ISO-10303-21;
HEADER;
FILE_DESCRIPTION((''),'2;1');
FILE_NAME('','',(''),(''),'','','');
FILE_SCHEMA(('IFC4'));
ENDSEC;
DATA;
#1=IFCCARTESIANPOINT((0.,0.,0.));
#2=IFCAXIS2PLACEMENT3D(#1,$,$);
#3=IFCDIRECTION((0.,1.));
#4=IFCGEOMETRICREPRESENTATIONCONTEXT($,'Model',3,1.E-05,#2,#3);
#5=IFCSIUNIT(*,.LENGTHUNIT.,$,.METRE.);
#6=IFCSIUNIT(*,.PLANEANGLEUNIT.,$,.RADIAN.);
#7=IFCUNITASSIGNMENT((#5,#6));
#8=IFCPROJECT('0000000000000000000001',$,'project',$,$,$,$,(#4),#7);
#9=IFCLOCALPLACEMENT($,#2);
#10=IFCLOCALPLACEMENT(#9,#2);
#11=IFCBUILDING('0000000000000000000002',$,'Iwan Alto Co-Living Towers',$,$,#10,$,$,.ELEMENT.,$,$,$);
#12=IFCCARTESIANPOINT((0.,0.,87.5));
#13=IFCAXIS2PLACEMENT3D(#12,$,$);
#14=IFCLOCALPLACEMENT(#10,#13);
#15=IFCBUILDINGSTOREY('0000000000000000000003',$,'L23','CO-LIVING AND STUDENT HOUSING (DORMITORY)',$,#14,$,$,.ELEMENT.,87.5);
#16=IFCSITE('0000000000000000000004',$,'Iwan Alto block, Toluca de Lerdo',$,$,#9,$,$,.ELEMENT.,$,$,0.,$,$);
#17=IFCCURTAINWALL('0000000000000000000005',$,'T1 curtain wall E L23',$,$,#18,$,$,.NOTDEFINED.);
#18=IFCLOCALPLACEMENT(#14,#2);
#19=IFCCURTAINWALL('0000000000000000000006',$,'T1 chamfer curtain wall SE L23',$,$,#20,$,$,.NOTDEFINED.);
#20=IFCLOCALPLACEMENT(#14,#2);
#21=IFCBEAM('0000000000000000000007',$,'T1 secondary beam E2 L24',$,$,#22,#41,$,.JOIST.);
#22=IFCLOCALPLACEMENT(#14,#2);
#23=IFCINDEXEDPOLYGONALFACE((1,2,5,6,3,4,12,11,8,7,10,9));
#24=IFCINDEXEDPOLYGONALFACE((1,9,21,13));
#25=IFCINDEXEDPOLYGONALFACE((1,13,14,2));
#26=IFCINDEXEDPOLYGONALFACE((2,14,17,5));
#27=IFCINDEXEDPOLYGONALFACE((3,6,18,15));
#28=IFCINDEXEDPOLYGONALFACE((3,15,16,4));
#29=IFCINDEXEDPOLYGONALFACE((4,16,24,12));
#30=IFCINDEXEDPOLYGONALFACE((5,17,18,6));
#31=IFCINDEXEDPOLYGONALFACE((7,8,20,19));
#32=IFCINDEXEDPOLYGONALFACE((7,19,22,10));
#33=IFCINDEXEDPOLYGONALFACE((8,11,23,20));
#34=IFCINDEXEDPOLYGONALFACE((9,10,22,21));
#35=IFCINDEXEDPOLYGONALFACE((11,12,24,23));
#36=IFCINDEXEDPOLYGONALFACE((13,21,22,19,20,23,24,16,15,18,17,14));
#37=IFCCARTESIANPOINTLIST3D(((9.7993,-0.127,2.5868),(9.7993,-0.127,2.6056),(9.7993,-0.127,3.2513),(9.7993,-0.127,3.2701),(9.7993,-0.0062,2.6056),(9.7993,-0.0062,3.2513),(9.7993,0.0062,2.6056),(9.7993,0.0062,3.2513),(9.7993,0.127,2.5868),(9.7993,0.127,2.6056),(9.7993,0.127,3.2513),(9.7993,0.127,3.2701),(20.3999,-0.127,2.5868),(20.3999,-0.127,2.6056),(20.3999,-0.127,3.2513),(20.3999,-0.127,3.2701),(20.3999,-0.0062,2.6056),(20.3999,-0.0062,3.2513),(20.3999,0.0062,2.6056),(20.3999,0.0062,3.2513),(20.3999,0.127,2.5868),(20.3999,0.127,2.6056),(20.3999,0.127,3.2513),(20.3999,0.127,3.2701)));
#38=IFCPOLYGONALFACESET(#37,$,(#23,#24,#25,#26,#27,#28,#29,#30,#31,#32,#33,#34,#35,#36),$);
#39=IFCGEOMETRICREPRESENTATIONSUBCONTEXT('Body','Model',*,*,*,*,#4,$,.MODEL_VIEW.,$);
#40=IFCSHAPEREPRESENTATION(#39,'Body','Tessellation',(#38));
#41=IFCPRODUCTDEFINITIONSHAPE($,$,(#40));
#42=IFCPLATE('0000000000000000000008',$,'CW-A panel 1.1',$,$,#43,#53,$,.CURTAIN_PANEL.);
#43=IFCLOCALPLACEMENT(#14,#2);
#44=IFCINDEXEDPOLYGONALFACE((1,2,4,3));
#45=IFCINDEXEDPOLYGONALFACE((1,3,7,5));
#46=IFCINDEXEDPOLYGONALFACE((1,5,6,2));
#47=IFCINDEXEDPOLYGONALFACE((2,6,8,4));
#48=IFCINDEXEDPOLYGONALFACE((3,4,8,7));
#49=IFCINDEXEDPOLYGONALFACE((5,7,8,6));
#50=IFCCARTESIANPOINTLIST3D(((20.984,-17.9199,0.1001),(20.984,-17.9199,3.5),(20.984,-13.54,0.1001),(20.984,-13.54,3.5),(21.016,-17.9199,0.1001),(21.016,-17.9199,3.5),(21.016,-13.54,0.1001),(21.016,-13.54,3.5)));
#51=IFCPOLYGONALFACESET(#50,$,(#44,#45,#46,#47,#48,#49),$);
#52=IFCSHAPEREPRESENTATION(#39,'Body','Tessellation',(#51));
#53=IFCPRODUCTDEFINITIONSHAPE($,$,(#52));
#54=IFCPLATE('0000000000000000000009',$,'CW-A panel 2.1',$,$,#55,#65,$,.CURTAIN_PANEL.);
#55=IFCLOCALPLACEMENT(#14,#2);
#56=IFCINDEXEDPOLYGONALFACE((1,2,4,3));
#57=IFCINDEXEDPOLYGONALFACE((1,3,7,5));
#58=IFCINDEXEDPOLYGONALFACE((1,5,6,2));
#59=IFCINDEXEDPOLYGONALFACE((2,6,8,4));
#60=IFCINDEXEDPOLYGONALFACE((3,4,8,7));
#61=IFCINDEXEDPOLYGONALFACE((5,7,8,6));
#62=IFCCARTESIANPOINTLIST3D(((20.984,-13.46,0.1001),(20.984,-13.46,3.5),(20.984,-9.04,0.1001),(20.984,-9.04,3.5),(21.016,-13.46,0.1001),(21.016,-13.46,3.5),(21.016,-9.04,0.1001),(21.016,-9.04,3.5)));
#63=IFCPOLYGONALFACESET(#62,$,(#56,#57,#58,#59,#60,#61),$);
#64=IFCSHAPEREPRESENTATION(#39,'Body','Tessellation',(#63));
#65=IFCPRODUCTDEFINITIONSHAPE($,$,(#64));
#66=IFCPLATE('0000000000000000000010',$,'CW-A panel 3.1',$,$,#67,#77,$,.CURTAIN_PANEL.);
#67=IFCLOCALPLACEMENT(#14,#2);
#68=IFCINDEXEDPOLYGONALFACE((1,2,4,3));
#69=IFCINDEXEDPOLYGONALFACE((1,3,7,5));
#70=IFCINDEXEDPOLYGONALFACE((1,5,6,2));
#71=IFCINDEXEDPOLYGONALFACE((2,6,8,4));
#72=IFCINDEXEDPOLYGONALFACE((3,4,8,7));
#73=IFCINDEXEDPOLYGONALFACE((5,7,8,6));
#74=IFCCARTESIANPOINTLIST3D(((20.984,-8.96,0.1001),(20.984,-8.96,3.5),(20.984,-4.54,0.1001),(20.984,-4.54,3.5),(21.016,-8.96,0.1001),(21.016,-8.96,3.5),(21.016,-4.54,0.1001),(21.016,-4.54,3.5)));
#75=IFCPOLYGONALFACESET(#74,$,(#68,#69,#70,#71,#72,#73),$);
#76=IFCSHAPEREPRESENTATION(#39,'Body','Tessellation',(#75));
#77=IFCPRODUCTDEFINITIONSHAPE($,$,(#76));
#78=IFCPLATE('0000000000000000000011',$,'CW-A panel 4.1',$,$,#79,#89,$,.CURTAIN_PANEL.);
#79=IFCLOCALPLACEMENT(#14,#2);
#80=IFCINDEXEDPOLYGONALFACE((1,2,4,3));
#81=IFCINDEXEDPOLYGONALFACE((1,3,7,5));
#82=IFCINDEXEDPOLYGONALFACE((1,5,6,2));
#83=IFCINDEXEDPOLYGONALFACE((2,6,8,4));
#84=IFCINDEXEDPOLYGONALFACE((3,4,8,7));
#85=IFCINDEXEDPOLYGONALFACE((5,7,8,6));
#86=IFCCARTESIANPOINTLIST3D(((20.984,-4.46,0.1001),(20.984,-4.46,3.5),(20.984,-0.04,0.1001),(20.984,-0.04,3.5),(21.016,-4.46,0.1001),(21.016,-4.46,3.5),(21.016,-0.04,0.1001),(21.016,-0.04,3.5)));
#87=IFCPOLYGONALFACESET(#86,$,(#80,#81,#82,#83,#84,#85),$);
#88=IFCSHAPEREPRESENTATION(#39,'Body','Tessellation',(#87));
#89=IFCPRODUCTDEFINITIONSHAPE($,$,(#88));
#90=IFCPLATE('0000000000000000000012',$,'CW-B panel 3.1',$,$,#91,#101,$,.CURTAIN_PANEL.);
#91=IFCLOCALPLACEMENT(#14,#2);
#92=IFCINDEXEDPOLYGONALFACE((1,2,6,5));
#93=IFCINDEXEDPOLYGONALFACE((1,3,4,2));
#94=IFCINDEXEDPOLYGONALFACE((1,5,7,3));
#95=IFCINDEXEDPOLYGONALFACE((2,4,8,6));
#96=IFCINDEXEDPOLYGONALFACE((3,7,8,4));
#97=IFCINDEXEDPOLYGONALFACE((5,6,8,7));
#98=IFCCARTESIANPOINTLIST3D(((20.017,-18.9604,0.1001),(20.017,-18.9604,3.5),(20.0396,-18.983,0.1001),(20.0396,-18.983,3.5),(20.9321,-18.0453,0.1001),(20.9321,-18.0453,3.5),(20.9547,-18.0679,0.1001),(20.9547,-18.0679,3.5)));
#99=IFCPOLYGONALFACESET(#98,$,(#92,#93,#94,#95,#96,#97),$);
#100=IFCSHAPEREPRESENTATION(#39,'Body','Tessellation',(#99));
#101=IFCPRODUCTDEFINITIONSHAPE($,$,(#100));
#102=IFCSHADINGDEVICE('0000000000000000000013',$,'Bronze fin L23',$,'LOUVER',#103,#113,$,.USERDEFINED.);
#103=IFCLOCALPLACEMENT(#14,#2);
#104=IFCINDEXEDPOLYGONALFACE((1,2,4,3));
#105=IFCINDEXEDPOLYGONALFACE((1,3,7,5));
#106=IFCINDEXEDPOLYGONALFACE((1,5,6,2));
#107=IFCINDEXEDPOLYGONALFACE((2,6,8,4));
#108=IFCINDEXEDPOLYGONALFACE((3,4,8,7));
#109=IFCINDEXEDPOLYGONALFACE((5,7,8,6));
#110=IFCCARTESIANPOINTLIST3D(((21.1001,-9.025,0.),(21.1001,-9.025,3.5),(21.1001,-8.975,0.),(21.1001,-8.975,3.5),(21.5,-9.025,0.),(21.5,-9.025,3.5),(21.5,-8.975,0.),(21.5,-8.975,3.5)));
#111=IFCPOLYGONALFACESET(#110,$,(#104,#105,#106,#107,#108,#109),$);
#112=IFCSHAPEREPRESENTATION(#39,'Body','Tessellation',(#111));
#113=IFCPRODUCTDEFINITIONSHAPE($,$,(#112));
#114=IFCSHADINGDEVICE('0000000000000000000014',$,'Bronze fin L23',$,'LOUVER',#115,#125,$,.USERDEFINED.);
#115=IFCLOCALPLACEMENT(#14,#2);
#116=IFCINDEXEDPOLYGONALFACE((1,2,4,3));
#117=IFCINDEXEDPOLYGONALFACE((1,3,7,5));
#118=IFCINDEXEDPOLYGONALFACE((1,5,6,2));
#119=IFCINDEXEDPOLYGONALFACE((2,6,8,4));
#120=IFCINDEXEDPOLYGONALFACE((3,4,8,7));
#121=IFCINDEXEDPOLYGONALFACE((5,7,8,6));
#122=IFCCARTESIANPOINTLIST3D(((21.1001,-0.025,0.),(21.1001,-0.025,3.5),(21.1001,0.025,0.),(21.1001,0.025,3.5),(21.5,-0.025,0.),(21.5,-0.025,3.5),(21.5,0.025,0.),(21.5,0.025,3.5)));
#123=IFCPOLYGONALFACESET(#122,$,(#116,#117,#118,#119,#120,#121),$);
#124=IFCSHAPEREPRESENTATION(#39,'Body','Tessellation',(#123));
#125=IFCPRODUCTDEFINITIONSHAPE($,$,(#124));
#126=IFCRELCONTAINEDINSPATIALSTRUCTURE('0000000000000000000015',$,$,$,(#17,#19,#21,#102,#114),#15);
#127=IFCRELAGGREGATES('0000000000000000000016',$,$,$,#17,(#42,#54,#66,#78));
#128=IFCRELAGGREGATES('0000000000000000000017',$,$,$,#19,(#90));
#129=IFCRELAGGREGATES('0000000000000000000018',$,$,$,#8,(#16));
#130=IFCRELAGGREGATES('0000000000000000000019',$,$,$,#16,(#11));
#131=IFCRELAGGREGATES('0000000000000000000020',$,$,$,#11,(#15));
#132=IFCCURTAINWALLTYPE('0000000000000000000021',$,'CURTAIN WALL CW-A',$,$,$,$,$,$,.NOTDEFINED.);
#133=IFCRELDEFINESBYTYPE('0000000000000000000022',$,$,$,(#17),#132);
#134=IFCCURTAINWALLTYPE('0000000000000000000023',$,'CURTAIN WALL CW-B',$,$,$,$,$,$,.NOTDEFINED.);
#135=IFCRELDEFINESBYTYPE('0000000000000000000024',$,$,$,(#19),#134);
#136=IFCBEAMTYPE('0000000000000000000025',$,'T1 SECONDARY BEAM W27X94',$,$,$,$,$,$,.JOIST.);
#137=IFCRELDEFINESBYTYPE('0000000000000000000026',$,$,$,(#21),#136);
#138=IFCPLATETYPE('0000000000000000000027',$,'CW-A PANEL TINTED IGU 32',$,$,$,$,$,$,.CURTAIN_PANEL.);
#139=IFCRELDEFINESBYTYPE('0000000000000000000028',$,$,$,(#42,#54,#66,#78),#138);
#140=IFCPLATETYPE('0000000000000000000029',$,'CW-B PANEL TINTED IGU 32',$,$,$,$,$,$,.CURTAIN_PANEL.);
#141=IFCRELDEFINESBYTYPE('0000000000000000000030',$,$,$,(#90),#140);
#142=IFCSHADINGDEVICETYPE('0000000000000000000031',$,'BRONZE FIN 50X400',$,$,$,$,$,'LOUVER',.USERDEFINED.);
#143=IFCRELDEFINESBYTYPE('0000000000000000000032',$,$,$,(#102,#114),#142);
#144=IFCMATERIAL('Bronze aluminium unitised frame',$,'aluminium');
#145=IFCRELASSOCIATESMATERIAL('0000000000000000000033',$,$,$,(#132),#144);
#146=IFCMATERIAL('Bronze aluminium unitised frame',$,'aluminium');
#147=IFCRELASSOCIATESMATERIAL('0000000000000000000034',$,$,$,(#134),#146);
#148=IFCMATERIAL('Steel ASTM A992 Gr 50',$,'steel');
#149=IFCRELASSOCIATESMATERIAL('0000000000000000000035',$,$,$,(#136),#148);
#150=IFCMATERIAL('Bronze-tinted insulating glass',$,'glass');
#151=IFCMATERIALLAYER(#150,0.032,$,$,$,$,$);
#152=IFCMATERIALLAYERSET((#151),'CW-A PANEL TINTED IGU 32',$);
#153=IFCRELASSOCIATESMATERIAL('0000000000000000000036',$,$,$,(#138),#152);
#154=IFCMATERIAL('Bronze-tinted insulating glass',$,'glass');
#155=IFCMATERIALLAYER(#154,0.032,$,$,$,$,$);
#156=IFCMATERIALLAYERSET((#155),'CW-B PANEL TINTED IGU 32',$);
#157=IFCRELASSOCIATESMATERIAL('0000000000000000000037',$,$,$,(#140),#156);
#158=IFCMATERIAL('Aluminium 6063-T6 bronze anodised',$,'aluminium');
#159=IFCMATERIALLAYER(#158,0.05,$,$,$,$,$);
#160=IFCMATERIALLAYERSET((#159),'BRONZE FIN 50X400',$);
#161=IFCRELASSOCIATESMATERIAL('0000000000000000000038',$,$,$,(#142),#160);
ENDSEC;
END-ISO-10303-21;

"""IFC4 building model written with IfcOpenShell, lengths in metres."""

from ifc_helpers import new_model, si_unit, direction, frame, origin, origin_2d, place, context, subcontext, project, spatial, rectangle, i_section, extrude, material, layer, layer_set, material_profile, profile_set, type_object, element, aggregate, save


model = new_model("IFC4")

# Units and contexts
model_context = context("Model", 3, precision=1e-05, world=origin(), true_north=direction((0.0, 1.0)))
body_context = subcontext(model_context, "Body", "Model", "MODEL_VIEW")
ifc_project = project(units=[si_unit("LENGTHUNIT", "METRE"), si_unit("PLANEANGLEUNIT", "RADIAN")], contexts=[model_context])

# Site, building, storey
site_placement = place(None, origin())
site = spatial("IfcSite", under=ifc_project, at=site_placement, Name="Iwan Alto block, Toluca de Lerdo", CompositionType="ELEMENT", RefElevation=0.0)
building_placement = place(site_placement, origin())
building = spatial("IfcBuilding", under=site, at=building_placement, Name="Iwan Alto Co-Living Towers", CompositionType="ELEMENT")
storey_placement = place(building_placement, frame((0.0, 0.0, 87.5)))
storey = spatial("IfcBuildingStorey", under=building, at=storey_placement, Name="L23", Description="CO-LIVING AND STUDENT HOUSING (DORMITORY)", CompositionType="ELEMENT", Elevation=87.5)

# Curtain wall
ifc_material_1 = material(Name="Bronze aluminium unitised frame", Category="aluminium")
curtain_wall_type_1 = type_object("IfcCurtainWallType", Name="CURTAIN WALL CW-A", PredefinedType="NOTDEFINED", material=ifc_material_1)
curtain_wall_1_placement = place(storey_placement, origin())
curtain_wall_1 = element("IfcCurtainWall", 1, at=curtain_wall_1_placement, inside=storey, type_object=curtain_wall_type_1, Name="T1 curtain wall E L23", PredefinedType="NOTDEFINED")

# Curtain wall
ifc_material_2 = material(Name="Bronze aluminium unitised frame", Category="aluminium")
curtain_wall_type_2 = type_object("IfcCurtainWallType", Name="CURTAIN WALL CW-B", PredefinedType="NOTDEFINED", material=ifc_material_2)
curtain_wall_2_placement = place(storey_placement, origin())
curtain_wall_2 = element("IfcCurtainWall", 2, at=curtain_wall_2_placement, inside=storey, type_object=curtain_wall_type_2, Name="T1 chamfer curtain wall SE L23", PredefinedType="NOTDEFINED")

# Beam
ifc_material_3 = material(Name="Steel ASTM A992 Gr 50", Category="steel")
ifc_material_profile_1 = material_profile(ifc_material_3, i_section(OverallWidth=0.2539, OverallDepth=0.6833, WebThickness=0.0125, FlangeThickness=0.0188, at=origin_2d()), Name="W27X94")
ifc_profile_set_1 = profile_set([ifc_material_profile_1], Name="Steel ASTM A992 Gr 50")
beam_type = type_object("IfcBeamType", Name="T1 SECONDARY BEAM W27X94", PredefinedType="JOIST", material=ifc_profile_set_1)
for number, where, z_axis, x_axis, name in (
    (3, (20.3999, 0.0, 2.9285), (-1.0, 0.0, 0.0), (0.0, -1.0, 0.0), "T1 secondary beam E2 L24"),
):
    element("IfcBeam", number, at=place(storey_placement, frame(where, z_axis=z_axis, x_axis=x_axis)), inside=storey, type_object=beam_type, Name=name, PredefinedType="JOIST", context=body_context, shape_type="SweptSolid", body=[
        extrude(i_section(OverallWidth=0.2539, OverallDepth=0.6833, WebThickness=0.0125, FlangeThickness=0.0188, at=origin_2d()), origin(), (0.0, 0.0, 1.0), 10.6006),
    ])

# Plates
ifc_material_4 = material(Name="Bronze-tinted insulating glass", Category="glass")
ifc_layer_1 = layer(ifc_material_4, 0.032)
ifc_layer_set_1 = layer_set([ifc_layer_1], Name="CW-A PANEL TINTED IGU 32")
plate_type_1 = type_object("IfcPlateType", Name="CW-A PANEL TINTED IGU 32", PredefinedType="CURTAIN_PANEL", material=ifc_layer_set_1)
plate_1_placement = place(storey_placement, frame((21.0, -15.73, 0.1001), z_axis=(0.0, 0.0, 1.0), x_axis=(0.0, 1.0, 0.0)))
plate_1 = element("IfcPlate", 4, at=plate_1_placement, type_object=plate_type_1, Name="CW-A panel 1.1", PredefinedType="CURTAIN_PANEL", context=body_context, shape_type="SweptSolid", body=[
    extrude(rectangle(XDim=4.3799, YDim=0.032, at=origin_2d()), origin(), (0.0, 0.0, 1.0), 3.3999),
])
plate_2_placement = place(storey_placement, frame((21.0, -11.25, 0.1001), z_axis=(0.0, 0.0, 1.0), x_axis=(0.0, 1.0, 0.0)))
plate_2 = element("IfcPlate", 5, at=plate_2_placement, type_object=plate_type_1, Name="CW-A panel 2.1", PredefinedType="CURTAIN_PANEL", context=body_context, shape_type="SweptSolid", body=[
    extrude(rectangle(XDim=4.4199, YDim=0.032, at=origin_2d()), origin(), (0.0, 0.0, 1.0), 3.3999),
])
plate_3_placement = place(storey_placement, frame((21.0, -6.75, 0.1001), z_axis=(0.0, 0.0, 1.0), x_axis=(0.0, 1.0, 0.0)))
plate_3 = element("IfcPlate", 6, at=plate_3_placement, type_object=plate_type_1, Name="CW-A panel 3.1", PredefinedType="CURTAIN_PANEL", context=body_context, shape_type="SweptSolid", body=[
    extrude(rectangle(XDim=4.4199, YDim=0.032, at=origin_2d()), origin(), (0.0, 0.0, 1.0), 3.3999),
])
plate_4_placement = place(storey_placement, frame((21.0, -2.25, 0.1001), z_axis=(0.0, 0.0, 1.0), x_axis=(0.0, 1.0, 0.0)))
plate_4 = element("IfcPlate", 7, at=plate_4_placement, type_object=plate_type_1, Name="CW-A panel 4.1", PredefinedType="CURTAIN_PANEL", context=body_context, shape_type="SweptSolid", body=[
    extrude(rectangle(XDim=4.4199, YDim=0.032, at=origin_2d()), origin(), (0.0, 0.0, 1.0), 3.3999),
])
aggregate(curtain_wall_1, [plate_1, plate_2, plate_3, plate_4])
ifc_material_5 = material(Name="Bronze-tinted insulating glass", Category="glass")
ifc_layer_2 = layer(ifc_material_5, 0.032)
ifc_layer_set_2 = layer_set([ifc_layer_2], Name="CW-B PANEL TINTED IGU 32")
plate_type_2 = type_object("IfcPlateType", Name="CW-B PANEL TINTED IGU 32", PredefinedType="CURTAIN_PANEL", material=ifc_layer_set_2)
plate_5_placement = place(storey_placement, frame((20.4858, -18.5142, 0.1001), z_axis=(0.0, 0.0, 1.0), x_axis=(0.707107, 0.707107, 0.0)))
plate_5 = element("IfcPlate", 8, at=plate_5_placement, type_object=plate_type_2, Name="CW-B panel 3.1", PredefinedType="CURTAIN_PANEL", context=body_context, shape_type="SweptSolid", body=[
    extrude(rectangle(XDim=1.2942, YDim=0.032, at=origin_2d()), origin(), (0.0, 0.0, 1.0), 3.3999),
])
aggregate(curtain_wall_2, [plate_5])

# Shading devices
ifc_material_6 = material(Name="Aluminium 6063-T6 bronze anodised", Category="aluminium")
ifc_layer_3 = layer(ifc_material_6, 0.05)
ifc_layer_set_3 = layer_set([ifc_layer_3], Name="BRONZE FIN 50X400")
shading_device_type = type_object("IfcShadingDeviceType", Name="BRONZE FIN 50X400", ElementType="LOUVER", PredefinedType="USERDEFINED", material=ifc_layer_set_3)
for number, where, z_axis, x_axis, name in (
    (9, (21.3, -9.0, 0.0), (0.0, 0.0, 1.0), (0.0, 1.0, 0.0), "Bronze fin L23"),
    (10, (21.3, 0.0, 0.0), (0.0, 0.0, 1.0), (0.0, 1.0, 0.0), "Bronze fin L23"),
):
    element("IfcShadingDevice", number, at=place(storey_placement, frame(where, z_axis=z_axis, x_axis=x_axis)), inside=storey, type_object=shading_device_type, Name=name, ObjectType="LOUVER", PredefinedType="USERDEFINED", context=body_context, shape_type="SweptSolid", body=[
        extrude(rectangle(XDim=0.05, YDim=0.3999, at=origin_2d()), origin(), (0.0, 0.0, 1.0), 3.5),
    ])

save(model, "model.ifc")
